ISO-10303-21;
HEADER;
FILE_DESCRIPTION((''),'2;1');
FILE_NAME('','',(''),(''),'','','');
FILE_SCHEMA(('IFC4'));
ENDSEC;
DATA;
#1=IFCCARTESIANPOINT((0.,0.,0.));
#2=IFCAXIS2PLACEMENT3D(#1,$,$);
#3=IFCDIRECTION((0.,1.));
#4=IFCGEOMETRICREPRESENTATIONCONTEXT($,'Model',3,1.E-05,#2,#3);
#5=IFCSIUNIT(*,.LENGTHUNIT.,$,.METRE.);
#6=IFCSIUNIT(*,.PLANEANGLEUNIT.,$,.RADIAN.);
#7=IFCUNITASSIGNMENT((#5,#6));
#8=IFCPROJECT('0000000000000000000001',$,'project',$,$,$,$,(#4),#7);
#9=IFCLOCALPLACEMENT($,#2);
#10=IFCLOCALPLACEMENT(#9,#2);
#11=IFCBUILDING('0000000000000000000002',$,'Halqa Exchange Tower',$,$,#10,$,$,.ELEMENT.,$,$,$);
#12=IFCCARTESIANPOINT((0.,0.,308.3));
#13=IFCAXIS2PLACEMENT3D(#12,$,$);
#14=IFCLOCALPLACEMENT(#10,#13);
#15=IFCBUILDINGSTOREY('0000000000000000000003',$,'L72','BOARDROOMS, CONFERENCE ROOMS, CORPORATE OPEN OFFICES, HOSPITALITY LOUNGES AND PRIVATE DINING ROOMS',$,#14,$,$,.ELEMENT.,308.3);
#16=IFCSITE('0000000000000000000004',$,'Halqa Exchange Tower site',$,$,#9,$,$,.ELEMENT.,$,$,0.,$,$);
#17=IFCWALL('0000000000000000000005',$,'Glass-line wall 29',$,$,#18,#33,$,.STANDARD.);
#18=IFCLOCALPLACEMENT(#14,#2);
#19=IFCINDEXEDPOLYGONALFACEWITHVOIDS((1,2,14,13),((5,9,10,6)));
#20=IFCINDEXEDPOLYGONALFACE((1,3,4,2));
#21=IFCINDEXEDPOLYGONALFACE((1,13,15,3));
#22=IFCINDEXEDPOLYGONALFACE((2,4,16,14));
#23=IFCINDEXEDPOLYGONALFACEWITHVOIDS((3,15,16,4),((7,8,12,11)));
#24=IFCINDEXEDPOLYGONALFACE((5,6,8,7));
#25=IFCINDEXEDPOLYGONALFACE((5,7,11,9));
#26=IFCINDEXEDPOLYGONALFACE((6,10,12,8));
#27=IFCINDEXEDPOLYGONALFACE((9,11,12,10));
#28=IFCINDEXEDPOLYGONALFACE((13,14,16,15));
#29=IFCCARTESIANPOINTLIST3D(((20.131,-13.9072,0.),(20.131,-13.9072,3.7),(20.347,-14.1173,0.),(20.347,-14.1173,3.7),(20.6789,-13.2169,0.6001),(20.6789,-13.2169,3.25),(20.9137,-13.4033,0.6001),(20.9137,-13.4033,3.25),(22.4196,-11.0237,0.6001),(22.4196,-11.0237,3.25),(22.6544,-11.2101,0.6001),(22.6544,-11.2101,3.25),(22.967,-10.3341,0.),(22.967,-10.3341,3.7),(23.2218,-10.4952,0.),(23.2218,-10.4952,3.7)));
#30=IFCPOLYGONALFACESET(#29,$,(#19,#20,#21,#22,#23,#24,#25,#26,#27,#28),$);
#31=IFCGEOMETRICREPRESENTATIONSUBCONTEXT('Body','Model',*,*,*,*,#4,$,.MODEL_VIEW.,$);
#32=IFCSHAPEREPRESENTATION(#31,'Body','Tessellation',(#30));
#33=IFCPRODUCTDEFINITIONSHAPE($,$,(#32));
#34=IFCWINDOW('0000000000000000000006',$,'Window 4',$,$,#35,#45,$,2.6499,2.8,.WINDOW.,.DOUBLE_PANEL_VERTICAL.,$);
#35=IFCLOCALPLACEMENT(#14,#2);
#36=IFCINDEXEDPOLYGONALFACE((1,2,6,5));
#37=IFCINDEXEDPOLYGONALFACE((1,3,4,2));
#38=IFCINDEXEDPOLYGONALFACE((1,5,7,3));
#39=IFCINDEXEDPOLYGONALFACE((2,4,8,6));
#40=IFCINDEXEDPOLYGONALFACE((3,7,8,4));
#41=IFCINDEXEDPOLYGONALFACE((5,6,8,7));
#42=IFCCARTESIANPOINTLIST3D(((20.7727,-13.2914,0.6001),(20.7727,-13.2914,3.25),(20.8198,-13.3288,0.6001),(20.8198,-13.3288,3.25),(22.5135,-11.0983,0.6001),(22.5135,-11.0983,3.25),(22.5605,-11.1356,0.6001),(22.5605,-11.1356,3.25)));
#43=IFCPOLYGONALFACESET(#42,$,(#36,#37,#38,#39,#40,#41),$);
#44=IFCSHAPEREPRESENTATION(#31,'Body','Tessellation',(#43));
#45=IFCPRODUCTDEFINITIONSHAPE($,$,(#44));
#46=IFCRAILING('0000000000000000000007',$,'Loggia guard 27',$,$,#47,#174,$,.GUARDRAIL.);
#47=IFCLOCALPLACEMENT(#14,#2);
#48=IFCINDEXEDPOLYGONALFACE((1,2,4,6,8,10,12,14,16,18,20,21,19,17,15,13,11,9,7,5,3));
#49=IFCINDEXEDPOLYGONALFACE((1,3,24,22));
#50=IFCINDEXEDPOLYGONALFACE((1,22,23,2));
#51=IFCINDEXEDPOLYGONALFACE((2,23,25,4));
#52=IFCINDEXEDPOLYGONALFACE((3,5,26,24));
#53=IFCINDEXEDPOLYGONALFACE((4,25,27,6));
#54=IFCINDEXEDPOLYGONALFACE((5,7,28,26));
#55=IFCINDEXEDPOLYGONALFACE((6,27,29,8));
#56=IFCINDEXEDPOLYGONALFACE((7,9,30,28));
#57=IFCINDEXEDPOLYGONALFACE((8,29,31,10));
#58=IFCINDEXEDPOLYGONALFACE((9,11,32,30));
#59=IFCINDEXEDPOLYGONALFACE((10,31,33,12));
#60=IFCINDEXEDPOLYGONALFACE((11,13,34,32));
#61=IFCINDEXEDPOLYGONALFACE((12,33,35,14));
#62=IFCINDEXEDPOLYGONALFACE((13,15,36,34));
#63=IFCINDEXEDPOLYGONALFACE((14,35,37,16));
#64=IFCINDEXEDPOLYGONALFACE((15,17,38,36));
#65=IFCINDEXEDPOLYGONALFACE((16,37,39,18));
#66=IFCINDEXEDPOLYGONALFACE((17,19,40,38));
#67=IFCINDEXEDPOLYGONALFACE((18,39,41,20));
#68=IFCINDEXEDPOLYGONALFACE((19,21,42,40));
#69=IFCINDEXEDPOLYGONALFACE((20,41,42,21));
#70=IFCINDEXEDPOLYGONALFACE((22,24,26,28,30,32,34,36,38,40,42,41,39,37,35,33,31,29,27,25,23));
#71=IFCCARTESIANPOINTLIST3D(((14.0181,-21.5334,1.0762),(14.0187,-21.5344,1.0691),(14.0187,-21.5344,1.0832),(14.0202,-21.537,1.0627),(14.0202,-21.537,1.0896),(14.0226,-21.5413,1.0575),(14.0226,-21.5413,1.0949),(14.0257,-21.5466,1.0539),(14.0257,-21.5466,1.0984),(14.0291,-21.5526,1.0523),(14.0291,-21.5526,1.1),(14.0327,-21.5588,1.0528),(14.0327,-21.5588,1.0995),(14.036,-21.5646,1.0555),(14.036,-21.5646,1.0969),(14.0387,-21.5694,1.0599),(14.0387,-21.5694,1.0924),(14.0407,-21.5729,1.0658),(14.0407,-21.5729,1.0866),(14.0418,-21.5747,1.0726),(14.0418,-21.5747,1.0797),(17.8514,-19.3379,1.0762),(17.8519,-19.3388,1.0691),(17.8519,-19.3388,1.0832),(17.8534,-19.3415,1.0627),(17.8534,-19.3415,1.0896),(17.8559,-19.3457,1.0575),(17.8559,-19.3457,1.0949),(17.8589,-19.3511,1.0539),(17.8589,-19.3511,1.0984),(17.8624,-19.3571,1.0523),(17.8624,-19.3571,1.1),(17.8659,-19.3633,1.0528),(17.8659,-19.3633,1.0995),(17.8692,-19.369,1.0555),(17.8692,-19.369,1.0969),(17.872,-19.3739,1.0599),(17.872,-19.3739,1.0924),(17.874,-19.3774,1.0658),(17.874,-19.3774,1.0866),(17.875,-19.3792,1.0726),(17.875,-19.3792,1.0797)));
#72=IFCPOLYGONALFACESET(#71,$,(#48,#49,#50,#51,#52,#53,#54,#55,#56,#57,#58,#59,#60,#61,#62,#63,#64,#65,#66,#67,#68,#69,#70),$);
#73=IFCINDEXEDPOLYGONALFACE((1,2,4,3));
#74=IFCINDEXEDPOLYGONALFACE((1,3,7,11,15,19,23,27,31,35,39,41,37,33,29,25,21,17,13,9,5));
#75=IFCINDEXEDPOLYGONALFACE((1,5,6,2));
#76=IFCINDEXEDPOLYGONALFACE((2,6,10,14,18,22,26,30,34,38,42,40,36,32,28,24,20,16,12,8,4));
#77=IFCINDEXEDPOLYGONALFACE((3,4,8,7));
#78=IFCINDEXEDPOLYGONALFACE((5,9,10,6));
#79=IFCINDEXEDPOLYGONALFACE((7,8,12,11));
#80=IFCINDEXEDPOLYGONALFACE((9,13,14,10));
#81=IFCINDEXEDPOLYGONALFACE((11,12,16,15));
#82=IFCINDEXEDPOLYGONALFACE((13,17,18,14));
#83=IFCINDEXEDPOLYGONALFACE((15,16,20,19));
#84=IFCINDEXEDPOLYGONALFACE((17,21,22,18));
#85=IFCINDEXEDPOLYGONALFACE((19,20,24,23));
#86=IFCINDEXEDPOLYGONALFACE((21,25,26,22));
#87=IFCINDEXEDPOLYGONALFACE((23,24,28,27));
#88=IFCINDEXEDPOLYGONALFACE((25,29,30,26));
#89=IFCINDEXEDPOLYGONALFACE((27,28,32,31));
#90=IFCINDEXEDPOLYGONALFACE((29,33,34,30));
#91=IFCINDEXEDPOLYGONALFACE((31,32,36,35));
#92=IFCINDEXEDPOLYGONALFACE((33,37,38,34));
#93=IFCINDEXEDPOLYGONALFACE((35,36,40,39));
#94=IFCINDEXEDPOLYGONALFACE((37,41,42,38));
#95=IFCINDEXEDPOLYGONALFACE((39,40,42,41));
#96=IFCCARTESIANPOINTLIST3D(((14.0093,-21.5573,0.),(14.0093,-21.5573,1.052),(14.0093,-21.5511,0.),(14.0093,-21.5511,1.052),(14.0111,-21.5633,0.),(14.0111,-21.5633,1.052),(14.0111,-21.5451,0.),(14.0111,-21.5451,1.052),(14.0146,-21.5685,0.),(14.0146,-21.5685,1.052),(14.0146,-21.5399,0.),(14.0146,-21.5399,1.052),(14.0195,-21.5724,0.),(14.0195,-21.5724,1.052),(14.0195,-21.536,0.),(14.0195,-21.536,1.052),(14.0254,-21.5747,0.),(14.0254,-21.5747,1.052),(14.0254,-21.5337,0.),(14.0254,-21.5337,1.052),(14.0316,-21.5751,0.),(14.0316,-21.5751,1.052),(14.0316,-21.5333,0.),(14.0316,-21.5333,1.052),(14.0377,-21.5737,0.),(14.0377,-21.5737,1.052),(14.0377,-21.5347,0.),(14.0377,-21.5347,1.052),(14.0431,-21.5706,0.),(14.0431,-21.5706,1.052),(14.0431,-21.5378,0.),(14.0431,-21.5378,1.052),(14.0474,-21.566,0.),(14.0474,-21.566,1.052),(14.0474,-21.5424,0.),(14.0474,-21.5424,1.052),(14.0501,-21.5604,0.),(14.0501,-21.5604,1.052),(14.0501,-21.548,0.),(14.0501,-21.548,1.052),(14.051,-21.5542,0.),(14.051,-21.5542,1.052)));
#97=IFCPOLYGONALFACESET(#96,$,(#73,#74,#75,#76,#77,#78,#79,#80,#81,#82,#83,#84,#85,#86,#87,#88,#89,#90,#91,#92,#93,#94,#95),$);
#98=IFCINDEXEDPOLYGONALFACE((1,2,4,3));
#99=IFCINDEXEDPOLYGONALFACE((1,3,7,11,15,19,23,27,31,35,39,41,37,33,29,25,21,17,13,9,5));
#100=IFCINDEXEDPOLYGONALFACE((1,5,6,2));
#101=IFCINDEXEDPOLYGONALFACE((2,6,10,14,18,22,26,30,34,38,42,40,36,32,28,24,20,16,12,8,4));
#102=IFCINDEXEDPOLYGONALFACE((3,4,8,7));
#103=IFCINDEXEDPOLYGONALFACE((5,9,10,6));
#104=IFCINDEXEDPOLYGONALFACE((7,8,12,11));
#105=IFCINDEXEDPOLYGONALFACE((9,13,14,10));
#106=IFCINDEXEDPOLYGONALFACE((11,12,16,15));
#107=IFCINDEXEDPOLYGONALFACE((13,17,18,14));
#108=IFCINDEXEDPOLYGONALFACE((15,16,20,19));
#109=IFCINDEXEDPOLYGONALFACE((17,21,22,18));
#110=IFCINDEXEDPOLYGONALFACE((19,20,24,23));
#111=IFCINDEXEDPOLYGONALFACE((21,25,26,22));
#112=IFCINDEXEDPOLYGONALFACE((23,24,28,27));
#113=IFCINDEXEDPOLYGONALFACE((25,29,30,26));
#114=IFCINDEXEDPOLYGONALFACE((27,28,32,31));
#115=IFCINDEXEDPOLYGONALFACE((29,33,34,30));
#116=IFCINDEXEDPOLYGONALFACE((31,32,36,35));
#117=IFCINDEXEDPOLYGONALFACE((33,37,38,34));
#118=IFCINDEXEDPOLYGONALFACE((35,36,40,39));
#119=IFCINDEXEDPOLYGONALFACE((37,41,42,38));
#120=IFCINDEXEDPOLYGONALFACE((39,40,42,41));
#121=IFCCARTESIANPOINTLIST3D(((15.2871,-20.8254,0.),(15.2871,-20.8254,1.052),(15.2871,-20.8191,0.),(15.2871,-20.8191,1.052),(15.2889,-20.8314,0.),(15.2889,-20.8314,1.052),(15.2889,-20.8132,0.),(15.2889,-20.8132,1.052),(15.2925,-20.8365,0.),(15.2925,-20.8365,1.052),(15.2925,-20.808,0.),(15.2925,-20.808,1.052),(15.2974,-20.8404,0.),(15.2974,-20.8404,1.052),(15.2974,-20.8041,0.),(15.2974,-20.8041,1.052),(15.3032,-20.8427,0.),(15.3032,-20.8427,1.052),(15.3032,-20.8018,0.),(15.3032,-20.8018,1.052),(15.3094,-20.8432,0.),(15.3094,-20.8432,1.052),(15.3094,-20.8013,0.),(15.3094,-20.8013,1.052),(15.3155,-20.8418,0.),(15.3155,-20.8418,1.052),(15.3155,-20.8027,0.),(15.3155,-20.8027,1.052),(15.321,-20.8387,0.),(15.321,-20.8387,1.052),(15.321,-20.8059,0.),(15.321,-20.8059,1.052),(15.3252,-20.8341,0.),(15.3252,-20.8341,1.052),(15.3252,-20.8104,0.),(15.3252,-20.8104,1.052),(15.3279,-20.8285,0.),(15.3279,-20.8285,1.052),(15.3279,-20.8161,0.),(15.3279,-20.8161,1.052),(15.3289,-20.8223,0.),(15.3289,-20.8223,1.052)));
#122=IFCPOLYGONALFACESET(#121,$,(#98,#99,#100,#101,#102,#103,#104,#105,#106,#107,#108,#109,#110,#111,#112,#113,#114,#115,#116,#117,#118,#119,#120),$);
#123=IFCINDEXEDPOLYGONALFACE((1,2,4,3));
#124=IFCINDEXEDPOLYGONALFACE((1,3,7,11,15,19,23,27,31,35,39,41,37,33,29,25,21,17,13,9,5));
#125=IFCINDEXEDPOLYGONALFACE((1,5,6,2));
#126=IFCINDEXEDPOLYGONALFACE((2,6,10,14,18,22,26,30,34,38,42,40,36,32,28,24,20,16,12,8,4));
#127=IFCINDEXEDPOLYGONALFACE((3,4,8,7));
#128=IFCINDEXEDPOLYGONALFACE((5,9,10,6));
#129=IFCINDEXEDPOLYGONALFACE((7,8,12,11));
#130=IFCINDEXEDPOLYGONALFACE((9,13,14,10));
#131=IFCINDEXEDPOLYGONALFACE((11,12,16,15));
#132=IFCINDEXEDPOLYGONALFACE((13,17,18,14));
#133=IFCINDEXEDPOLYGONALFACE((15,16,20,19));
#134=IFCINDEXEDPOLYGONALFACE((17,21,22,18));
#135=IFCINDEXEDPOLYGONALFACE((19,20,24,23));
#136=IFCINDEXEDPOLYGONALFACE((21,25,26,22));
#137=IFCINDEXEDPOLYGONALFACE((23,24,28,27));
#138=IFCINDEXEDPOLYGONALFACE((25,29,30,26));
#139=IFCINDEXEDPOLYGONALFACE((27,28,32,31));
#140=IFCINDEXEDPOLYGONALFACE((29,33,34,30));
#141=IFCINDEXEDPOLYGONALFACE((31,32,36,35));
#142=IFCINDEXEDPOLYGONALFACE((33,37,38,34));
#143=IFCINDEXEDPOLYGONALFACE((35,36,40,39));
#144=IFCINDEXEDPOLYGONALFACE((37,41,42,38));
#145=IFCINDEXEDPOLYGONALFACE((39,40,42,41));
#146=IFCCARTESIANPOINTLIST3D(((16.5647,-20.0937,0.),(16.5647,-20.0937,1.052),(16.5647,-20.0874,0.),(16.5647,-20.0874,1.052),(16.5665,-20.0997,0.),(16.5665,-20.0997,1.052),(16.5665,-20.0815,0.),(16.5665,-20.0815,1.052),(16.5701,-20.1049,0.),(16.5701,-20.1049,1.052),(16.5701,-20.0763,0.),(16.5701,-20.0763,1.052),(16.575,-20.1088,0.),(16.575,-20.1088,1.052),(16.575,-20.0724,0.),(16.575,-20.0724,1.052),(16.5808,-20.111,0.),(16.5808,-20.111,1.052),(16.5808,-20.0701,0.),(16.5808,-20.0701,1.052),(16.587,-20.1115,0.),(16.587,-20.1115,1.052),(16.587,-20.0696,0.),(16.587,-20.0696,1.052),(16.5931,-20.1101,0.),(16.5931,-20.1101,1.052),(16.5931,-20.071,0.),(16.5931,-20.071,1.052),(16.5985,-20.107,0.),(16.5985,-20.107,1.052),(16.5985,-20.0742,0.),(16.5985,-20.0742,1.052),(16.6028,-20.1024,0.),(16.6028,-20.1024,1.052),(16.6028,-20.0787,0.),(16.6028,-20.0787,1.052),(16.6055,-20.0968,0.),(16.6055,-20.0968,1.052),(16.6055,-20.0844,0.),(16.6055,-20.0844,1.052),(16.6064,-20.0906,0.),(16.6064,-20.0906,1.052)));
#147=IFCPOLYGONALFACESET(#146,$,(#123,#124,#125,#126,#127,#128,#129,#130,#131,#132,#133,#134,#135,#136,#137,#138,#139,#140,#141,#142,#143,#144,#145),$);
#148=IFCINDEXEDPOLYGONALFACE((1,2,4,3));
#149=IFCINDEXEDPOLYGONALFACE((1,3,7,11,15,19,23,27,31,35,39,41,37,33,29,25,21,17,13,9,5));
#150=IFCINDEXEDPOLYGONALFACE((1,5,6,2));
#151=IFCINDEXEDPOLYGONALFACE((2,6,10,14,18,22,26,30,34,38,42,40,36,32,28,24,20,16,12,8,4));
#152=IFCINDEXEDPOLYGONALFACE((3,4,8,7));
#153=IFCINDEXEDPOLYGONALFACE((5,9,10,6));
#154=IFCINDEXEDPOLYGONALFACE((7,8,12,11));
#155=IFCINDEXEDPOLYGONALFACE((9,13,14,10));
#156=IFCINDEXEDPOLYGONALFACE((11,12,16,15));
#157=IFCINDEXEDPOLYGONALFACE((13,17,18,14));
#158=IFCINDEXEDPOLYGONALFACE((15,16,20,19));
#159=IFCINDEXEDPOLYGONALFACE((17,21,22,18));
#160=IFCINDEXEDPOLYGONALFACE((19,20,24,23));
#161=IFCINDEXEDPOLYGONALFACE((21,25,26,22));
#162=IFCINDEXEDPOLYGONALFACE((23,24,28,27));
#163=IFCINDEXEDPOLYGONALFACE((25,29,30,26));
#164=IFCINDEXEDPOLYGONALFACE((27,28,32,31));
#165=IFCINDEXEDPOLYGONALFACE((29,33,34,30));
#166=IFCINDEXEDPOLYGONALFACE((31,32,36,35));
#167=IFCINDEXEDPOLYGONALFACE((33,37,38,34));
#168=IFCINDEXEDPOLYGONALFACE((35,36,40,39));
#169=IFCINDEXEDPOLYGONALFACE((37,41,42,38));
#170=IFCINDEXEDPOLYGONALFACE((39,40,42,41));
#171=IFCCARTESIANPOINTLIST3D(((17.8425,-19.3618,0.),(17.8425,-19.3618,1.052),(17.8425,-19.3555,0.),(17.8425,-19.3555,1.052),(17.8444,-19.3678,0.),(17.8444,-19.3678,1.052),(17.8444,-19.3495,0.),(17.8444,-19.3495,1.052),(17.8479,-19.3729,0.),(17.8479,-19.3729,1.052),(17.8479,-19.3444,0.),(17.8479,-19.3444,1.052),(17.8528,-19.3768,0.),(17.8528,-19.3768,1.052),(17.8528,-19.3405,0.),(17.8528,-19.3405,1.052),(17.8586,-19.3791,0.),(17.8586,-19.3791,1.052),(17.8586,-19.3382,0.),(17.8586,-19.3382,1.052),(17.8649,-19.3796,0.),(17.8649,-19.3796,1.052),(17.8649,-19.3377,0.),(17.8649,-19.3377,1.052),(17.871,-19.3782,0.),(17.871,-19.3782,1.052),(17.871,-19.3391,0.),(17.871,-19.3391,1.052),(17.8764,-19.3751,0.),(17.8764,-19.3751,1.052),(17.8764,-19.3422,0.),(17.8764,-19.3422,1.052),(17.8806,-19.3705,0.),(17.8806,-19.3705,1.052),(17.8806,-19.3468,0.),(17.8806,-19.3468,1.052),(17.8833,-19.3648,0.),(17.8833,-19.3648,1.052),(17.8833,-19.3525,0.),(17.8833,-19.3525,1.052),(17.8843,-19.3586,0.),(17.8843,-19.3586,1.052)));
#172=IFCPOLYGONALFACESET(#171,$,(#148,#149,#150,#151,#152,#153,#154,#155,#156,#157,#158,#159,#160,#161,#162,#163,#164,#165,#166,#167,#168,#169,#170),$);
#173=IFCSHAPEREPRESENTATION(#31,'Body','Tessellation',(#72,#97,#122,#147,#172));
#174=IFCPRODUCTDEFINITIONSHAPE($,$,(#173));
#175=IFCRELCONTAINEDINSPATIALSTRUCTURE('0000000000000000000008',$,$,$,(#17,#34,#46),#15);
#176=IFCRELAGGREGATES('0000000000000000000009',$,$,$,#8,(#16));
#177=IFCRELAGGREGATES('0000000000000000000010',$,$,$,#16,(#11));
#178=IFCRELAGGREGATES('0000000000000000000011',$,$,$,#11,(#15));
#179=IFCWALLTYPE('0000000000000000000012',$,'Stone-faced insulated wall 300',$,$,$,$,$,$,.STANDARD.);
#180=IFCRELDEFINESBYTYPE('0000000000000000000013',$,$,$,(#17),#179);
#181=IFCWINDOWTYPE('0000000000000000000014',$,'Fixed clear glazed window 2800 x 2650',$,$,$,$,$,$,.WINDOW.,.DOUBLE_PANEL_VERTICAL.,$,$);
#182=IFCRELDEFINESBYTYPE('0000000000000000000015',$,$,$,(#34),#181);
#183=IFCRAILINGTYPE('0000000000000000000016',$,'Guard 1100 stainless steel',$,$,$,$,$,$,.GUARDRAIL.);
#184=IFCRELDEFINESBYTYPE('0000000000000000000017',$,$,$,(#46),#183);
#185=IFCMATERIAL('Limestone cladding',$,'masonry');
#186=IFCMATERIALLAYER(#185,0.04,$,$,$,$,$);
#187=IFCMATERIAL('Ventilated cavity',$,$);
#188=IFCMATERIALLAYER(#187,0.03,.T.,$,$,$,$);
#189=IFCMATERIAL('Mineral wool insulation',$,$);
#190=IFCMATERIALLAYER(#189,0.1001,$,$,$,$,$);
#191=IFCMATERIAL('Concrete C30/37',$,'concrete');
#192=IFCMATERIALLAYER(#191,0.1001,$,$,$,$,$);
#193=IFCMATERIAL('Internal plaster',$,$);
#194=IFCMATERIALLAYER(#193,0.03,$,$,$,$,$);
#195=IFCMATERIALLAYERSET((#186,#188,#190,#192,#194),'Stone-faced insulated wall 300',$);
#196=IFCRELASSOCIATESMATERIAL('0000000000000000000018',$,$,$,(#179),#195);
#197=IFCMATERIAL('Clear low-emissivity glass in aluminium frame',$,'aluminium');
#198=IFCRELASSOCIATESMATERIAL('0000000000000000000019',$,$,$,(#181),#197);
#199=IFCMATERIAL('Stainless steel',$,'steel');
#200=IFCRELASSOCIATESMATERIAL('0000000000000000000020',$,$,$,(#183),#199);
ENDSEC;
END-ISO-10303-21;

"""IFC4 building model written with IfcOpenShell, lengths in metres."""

from ifc_helpers import new_model, si_unit, direction, frame, frame_2d, origin, origin_2d, place, context, subcontext, project, spatial, polyline, rectangle, circle, outline, extrude, material, layer, layer_set, type_object, element, fill, save


model = new_model("IFC4")

# Units and contexts
model_context = context("Model", 3, precision=1e-05, world=origin(), true_north=direction((0.0, 1.0)))
body_context = subcontext(model_context, "Body", "Model", "MODEL_VIEW")
ifc_project = project(units=[si_unit("LENGTHUNIT", "METRE"), si_unit("PLANEANGLEUNIT", "RADIAN")], contexts=[model_context])

# Site, building, storey
site_placement = place(None, origin())
site = spatial("IfcSite", under=ifc_project, at=site_placement, Name="Halqa Exchange Tower site", CompositionType="ELEMENT", RefElevation=0.0)
building_placement = place(site_placement, origin())
building = spatial("IfcBuilding", under=site, at=building_placement, Name="Halqa Exchange Tower", CompositionType="ELEMENT")
storey_placement = place(building_placement, frame((0.0, 0.0, 308.3)))
storey = spatial("IfcBuildingStorey", under=building, at=storey_placement, Name="L72", Description="BOARDROOMS, CONFERENCE ROOMS, CORPORATE OPEN OFFICES, HOSPITALITY LOUNGES AND PRIVATE DINING ROOMS", CompositionType="ELEMENT", Elevation=308.3)

# Shared definitions
ifc_material_1 = material(Name="Limestone cladding", Category="masonry")
ifc_layer_1 = layer(ifc_material_1, 0.04)
ifc_material_2 = material(Name="Ventilated cavity")
ifc_layer_2 = layer(ifc_material_2, 0.03, ventilated=True)
ifc_material_3 = material(Name="Mineral wool insulation")
ifc_layer_3 = layer(ifc_material_3, 0.1001)
ifc_material_4 = material(Name="Concrete C30/37", Category="concrete")
ifc_layer_4 = layer(ifc_material_4, 0.1001)
ifc_material_5 = material(Name="Internal plaster")
ifc_layer_5 = layer(ifc_material_5, 0.03)
ifc_layer_set_1 = layer_set([ifc_layer_1, ifc_layer_2, ifc_layer_3, ifc_layer_4, ifc_layer_5], Name="Stone-faced insulated wall 300")
wall_type_1 = type_object("IfcWallType", Name="Stone-faced insulated wall 300", PredefinedType="STANDARD", material=ifc_layer_set_1)
ifc_material_6 = material(Name="Clear low-emissivity glass in aluminium frame", Category="aluminium")
window_type = type_object("IfcWindowType", Name="Fixed clear glazed window 2800 x 2650", PartitioningType="DOUBLE_PANEL_VERTICAL", PredefinedType="WINDOW", material=ifc_material_6)

# Wall, opening, window
wall_1_placement = place(storey_placement, frame((20.239, -14.0122, 0.0), z_axis=(0.0, 0.0, 1.0), x_axis=(0.621683, 0.783269, 0.0)))
wall_1 = element("IfcWall", 1, at=wall_1_placement, inside=storey, type_object=wall_type_1, Name="Glass-line wall 29", PredefinedType="STANDARD", context=body_context, shape_type="SweptSolid", body=[
    extrude(outline(polyline([(-0.0151, -0.1499), (4.6091, -0.1499), (4.5769, 0.1499), (0.0151, 0.1499), (-0.0151, -0.1499)])), origin(), (0.0, 0.0, 1.0), 3.7),
])
opening_1_placement = place(wall_1_placement, frame((0.8965, 0.0, 0.6001)))
opening_1 = element("IfcOpeningElement", 2, at=opening_1_placement, cuts=wall_1, PredefinedType="OPENING", context=body_context, shape_type="SweptSolid", body=[
    extrude(rectangle(XDim=2.8, YDim=2.6499, at=frame_2d((1.3999, 1.325))), frame((0.0, 0.1621, 0.0), z_axis=(0.0, -1.0, 0.0), x_axis=(1.0, 0.0, 0.0)), (0.0, 0.0, 1.0), 0.324),
])
window_1_placement = place(opening_1_placement, origin())
window_1 = element("IfcWindow", 3, at=window_1_placement, inside=storey, type_object=window_type, Name="Window 4", OverallHeight=2.6499, OverallWidth=2.8, PartitioningType="DOUBLE_PANEL_VERTICAL", PredefinedType="WINDOW", context=body_context, shape_type="SweptSolid", body=[
    extrude(rectangle(XDim=2.8, YDim=2.6499, at=frame_2d((1.3999, 1.325))), frame((0.0, 0.03, 0.0), z_axis=(0.0, -1.0, 0.0), x_axis=(1.0, 0.0, 0.0)), (0.0, 0.0, 1.0), 0.0601),
])
fill(opening_1, window_1)

# Railing
ifc_material_7 = material(Name="Stainless steel", Category="steel")
railing_type = type_object("IfcRailingType", Name="Guard 1100 stainless steel", PredefinedType="GUARDRAIL", material=ifc_material_7)
railing_1_placement = place(storey_placement, frame((14.03, -21.5542, 0.0)))
element("IfcRailing", 4, at=railing_1_placement, inside=storey, type_object=railing_type, Name="Loggia guard 27", PredefinedType="GUARDRAIL", context=body_context, shape_type="SweptSolid", body=[
    extrude(circle(Radius=0.0239, at=origin_2d()), frame((0.0, 0.0, 1.0762), z_axis=(0.867743, 0.497014, 0.0), x_axis=(-0.497014, 0.867743, 0.0)), (0.0, 0.0, 1.0), 4.4175),
    extrude(circle(Radius=0.021, at=origin_2d()), origin(), (0.0, 0.0, 1.0), 1.052),
    extrude(circle(Radius=0.021, at=origin_2d()), frame((1.2778, 0.7319, 0.0)), (0.0, 0.0, 1.0), 1.052),
    extrude(circle(Radius=0.021, at=origin_2d()), frame((2.5554, 1.4636, 0.0)), (0.0, 0.0, 1.0), 1.052),
    extrude(circle(Radius=0.021, at=origin_2d()), frame((3.8333, 2.1956, 0.0)), (0.0, 0.0, 1.0), 1.052),
])

save(model, "model.ifc")
